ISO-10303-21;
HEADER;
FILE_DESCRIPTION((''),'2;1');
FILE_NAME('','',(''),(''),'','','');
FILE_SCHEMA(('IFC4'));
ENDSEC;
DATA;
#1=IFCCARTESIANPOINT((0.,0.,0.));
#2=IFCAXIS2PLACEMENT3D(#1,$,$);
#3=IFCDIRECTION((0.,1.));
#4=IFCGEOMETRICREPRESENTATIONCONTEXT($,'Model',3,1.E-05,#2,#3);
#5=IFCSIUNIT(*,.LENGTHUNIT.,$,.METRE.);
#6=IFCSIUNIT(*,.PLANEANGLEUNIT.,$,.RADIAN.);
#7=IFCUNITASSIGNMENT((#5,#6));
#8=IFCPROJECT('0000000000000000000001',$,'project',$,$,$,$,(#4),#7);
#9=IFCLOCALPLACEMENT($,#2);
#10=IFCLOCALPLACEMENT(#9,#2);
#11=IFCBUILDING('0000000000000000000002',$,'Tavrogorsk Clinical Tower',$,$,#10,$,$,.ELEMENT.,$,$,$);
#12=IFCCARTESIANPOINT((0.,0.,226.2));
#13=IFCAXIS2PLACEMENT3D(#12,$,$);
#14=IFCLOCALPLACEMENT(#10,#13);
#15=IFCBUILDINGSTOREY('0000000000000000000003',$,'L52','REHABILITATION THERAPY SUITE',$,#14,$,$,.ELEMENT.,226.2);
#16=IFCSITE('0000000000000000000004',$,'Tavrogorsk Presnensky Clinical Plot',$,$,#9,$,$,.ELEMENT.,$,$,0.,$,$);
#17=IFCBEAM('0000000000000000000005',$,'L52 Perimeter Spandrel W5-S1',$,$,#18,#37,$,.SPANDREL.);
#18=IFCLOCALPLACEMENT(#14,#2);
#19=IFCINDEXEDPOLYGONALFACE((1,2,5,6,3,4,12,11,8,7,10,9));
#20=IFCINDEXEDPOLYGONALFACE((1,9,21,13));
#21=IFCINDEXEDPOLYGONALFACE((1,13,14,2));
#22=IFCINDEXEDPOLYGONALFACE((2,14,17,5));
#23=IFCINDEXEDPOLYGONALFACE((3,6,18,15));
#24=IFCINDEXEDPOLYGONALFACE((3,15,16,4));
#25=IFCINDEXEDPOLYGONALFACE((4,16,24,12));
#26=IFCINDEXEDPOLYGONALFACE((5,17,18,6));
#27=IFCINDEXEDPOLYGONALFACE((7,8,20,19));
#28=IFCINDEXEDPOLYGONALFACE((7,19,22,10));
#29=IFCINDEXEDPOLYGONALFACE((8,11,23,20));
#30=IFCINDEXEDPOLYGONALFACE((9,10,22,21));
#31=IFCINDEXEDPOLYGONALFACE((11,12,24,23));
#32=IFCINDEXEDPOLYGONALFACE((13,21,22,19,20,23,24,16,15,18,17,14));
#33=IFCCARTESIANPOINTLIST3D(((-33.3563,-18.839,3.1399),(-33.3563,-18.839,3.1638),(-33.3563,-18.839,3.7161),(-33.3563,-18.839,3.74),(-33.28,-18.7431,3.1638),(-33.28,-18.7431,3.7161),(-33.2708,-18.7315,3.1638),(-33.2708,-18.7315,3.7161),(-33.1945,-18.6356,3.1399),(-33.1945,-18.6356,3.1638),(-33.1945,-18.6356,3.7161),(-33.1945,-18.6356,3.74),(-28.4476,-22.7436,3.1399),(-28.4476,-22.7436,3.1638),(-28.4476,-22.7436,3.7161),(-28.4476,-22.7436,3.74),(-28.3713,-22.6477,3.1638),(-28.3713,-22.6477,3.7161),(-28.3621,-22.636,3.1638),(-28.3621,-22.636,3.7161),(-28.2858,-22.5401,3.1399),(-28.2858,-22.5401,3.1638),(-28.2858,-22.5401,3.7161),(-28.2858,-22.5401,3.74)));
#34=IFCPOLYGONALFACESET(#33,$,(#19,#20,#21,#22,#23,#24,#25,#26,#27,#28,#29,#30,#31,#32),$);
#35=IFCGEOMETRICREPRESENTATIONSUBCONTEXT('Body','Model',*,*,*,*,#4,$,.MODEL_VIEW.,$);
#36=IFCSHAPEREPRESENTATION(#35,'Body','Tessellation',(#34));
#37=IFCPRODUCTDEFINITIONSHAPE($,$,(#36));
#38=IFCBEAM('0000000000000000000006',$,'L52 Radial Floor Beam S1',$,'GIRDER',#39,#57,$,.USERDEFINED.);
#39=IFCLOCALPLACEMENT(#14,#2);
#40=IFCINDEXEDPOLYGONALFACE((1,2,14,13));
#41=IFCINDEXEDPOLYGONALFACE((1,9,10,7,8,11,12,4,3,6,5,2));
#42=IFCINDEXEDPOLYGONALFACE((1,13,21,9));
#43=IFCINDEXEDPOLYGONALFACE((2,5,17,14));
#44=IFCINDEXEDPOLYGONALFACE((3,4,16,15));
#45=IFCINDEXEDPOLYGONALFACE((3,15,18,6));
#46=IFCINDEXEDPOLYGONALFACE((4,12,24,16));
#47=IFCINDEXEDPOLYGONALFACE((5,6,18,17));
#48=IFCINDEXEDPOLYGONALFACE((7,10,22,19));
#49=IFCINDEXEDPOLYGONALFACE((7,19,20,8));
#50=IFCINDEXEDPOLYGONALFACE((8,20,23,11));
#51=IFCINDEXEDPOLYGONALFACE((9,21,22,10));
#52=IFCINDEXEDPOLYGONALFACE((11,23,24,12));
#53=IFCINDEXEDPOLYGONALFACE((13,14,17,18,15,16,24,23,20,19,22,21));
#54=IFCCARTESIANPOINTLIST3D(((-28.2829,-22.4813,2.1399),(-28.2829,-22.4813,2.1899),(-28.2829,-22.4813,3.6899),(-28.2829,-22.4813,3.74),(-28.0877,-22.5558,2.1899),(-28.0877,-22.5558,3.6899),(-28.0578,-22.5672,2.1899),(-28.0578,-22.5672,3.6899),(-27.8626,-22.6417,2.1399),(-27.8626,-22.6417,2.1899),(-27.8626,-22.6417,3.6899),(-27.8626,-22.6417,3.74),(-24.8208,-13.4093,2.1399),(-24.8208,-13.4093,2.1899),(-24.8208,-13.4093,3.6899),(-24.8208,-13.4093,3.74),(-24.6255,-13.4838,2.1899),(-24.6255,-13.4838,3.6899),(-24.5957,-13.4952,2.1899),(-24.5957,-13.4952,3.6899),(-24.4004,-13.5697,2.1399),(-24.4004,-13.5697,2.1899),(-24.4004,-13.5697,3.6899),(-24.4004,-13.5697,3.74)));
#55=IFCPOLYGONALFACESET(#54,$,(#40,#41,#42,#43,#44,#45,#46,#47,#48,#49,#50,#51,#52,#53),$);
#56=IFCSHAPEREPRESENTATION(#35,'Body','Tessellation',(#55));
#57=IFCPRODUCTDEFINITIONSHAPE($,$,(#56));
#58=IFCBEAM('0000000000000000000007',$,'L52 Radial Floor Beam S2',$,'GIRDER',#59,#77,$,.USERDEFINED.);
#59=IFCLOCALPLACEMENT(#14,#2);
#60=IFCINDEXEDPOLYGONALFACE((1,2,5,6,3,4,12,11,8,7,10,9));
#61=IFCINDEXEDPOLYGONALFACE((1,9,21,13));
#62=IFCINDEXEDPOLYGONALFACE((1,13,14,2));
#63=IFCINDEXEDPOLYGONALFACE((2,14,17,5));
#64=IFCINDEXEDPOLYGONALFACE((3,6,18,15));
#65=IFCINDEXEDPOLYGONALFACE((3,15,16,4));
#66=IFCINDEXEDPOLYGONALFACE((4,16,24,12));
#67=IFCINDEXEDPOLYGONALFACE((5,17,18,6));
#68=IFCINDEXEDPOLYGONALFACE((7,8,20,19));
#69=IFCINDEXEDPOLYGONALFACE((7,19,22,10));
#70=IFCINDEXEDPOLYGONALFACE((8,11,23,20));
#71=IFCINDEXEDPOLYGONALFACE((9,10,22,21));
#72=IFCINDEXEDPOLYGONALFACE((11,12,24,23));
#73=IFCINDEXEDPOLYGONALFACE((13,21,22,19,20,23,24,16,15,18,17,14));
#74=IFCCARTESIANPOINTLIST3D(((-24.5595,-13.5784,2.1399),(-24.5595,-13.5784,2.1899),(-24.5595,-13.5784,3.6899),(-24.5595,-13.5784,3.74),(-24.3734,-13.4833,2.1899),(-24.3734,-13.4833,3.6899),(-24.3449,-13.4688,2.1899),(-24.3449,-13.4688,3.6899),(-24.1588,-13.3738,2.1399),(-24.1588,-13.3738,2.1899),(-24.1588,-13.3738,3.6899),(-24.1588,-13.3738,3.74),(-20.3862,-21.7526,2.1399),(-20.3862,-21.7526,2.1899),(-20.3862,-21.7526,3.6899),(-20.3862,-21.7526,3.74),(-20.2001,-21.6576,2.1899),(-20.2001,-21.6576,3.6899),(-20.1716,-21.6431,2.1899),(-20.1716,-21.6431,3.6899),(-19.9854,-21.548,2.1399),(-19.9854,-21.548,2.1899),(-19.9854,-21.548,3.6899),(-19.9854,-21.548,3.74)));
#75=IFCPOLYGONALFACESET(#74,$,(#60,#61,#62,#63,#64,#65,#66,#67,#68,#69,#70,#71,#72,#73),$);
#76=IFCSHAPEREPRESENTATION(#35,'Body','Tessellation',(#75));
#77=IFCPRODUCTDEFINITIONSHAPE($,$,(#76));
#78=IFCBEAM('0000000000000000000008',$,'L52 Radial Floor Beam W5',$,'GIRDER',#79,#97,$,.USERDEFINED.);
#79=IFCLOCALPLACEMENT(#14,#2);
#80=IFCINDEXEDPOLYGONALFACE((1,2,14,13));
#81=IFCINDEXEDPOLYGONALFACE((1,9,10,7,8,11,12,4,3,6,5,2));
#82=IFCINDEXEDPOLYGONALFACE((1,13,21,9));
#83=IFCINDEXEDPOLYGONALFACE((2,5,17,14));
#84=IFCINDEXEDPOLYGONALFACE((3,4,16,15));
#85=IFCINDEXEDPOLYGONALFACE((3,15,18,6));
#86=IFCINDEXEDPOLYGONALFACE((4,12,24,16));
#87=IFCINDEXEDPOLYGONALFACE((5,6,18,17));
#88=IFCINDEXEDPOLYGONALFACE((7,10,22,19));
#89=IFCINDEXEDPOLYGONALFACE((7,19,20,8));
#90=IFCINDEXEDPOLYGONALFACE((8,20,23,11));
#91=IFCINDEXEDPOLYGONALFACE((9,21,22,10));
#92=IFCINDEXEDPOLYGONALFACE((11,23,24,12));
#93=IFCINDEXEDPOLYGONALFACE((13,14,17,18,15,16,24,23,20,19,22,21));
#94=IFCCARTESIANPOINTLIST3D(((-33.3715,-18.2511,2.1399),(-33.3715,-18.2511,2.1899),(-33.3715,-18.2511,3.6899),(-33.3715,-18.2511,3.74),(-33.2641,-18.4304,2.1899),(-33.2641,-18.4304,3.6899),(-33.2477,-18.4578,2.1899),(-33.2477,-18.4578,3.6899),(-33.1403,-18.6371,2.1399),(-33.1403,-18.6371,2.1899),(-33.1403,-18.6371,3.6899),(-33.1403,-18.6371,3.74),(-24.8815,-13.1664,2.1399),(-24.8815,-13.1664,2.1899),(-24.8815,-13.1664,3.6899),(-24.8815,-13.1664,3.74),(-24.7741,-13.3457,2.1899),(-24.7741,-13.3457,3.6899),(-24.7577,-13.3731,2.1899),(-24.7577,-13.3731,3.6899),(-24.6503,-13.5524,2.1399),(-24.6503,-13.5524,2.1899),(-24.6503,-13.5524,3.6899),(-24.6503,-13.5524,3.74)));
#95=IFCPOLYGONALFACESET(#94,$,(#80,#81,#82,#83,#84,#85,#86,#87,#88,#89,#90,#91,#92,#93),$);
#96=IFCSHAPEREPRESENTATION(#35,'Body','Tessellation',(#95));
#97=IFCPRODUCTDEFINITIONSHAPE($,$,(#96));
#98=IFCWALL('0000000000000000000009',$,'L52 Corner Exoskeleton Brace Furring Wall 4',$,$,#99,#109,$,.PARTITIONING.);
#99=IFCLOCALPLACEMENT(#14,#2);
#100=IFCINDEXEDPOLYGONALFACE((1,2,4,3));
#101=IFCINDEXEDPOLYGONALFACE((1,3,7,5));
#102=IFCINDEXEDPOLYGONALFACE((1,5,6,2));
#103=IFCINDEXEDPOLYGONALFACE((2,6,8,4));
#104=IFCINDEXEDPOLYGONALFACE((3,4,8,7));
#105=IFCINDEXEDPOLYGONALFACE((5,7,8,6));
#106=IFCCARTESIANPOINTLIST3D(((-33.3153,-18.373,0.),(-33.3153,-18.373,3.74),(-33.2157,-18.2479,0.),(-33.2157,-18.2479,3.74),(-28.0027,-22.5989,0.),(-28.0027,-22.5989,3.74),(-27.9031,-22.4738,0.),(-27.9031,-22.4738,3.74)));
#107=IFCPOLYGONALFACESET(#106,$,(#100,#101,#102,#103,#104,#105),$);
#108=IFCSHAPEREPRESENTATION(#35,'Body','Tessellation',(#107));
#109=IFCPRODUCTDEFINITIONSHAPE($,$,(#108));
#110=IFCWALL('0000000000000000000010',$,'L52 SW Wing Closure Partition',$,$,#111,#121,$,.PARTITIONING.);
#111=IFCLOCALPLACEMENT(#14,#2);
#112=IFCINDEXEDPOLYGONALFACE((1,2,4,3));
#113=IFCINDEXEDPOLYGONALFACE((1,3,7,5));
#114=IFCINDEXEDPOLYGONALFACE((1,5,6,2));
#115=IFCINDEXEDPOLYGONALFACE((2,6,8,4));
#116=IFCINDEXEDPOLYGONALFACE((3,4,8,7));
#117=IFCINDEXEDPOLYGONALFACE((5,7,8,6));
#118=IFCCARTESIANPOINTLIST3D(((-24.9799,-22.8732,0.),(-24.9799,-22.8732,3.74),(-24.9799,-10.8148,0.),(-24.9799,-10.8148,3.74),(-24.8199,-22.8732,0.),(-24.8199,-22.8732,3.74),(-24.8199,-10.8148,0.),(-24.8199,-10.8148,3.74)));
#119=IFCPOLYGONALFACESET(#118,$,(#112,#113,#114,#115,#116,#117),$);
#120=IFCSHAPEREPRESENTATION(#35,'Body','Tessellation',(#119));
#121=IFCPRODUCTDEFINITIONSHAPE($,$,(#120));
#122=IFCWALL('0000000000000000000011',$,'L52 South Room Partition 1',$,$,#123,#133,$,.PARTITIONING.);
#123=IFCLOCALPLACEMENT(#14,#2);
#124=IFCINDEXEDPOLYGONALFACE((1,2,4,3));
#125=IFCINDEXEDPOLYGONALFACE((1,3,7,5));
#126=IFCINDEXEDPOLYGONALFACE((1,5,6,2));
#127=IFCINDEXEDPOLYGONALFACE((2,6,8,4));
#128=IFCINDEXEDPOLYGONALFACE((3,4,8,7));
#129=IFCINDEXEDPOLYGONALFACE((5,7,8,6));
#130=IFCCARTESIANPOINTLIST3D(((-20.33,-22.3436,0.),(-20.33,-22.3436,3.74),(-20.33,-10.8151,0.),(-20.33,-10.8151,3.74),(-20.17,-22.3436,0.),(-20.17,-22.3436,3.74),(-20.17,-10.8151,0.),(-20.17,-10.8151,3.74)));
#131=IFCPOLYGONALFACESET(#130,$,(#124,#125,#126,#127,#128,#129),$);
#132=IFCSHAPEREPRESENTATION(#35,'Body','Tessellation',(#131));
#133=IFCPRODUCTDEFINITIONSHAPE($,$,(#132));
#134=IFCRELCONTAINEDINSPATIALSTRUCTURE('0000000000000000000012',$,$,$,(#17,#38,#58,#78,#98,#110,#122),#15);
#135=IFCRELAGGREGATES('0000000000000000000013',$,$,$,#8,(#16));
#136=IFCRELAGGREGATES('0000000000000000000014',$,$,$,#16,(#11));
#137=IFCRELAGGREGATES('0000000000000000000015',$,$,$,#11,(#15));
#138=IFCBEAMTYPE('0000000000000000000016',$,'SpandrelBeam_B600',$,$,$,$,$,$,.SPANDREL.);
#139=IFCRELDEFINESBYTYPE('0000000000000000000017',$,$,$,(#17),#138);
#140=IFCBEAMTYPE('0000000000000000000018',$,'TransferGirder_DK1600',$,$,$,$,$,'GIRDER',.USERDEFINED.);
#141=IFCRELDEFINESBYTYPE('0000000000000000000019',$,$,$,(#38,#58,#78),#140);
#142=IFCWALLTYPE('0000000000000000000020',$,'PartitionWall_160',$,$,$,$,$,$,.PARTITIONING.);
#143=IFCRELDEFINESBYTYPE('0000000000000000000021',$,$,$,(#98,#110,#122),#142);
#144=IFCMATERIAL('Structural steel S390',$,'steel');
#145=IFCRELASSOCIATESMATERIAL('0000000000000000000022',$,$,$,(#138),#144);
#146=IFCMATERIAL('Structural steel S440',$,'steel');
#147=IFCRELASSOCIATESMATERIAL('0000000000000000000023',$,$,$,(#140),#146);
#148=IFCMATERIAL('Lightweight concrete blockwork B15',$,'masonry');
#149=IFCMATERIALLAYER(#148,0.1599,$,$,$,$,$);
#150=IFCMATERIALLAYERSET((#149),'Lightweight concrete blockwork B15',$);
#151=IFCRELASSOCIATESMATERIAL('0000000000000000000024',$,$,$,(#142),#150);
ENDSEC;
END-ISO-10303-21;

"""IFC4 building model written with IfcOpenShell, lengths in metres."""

from ifc_helpers import new_model, si_unit, direction, frame, frame_2d, origin, origin_2d, place, context, subcontext, project, spatial, rectangle, i_section, extrude, material, layer, layer_set, material_profile, profile_set, type_object, element, save


model = new_model("IFC4")

# Units and contexts
model_context = context("Model", 3, precision=1e-05, world=origin(), true_north=direction((0.0, 1.0)))
body_context = subcontext(model_context, "Body", "Model", "MODEL_VIEW")
ifc_project = project(units=[si_unit("LENGTHUNIT", "METRE"), si_unit("PLANEANGLEUNIT", "RADIAN")], contexts=[model_context])

# Site, building, storey
site_placement = place(None, origin())
site = spatial("IfcSite", under=ifc_project, at=site_placement, Name="Tavrogorsk Presnensky Clinical Plot", CompositionType="ELEMENT", RefElevation=0.0)
building_placement = place(site_placement, origin())
building = spatial("IfcBuilding", under=site, at=building_placement, Name="Tavrogorsk Clinical Tower", CompositionType="ELEMENT")
storey_placement = place(building_placement, frame((0.0, 0.0, 226.2)))
storey = spatial("IfcBuildingStorey", under=building, at=storey_placement, Name="L52", Description="REHABILITATION THERAPY SUITE", CompositionType="ELEMENT", Elevation=226.2)

# Beams
ifc_material_1 = material(Name="Structural steel S390", Category="steel")
ifc_material_profile_1 = material_profile(ifc_material_1, i_section(OverallWidth=0.26, OverallDepth=0.6001, WebThickness=0.0149, FlangeThickness=0.0239, at=origin_2d()), Name="B-600x260x15x24")
ifc_profile_set_1 = profile_set([ifc_material_profile_1], Name="Structural steel S390")
beam_type_1 = type_object("IfcBeamType", Name="SpandrelBeam_B600", PredefinedType="SPANDREL", material=ifc_profile_set_1)
beam_1_placement = place(storey_placement, frame((-33.2754, -18.7373, 3.4399), z_axis=(0.782609, -0.622514, 0.0), x_axis=(0.622514, 0.782609, 0.0)))
element("IfcBeam", 1, at=beam_1_placement, inside=storey, type_object=beam_type_1, Name="L52 Perimeter Spandrel W5-S1", PredefinedType="SPANDREL", context=body_context, shape_type="SweptSolid", body=[
    extrude(i_section(OverallWidth=0.26, OverallDepth=0.6001, WebThickness=0.0149, FlangeThickness=0.0239, at=origin_2d()), origin(), (0.0, 0.0, 1.0), 6.2722),
])
ifc_material_2 = material(Name="Structural steel S440", Category="steel")
ifc_material_profile_2 = material_profile(ifc_material_2, i_section(OverallWidth=0.45, OverallDepth=1.6001, WebThickness=0.032, FlangeThickness=0.05, at=origin_2d()), Name="DK-1600x450x32x50")
ifc_profile_set_2 = profile_set([ifc_material_profile_2], Name="Structural steel S440")
beam_type_2 = type_object("IfcBeamType", Name="TransferGirder_DK1600", ElementType="GIRDER", PredefinedType="USERDEFINED", material=ifc_profile_set_2)
beam_2_placement = place(storey_placement, frame((-24.6106, -13.4895, 2.9399), z_axis=(-0.356548, -0.934277, 0.0), x_axis=(0.934277, -0.356548, 0.0)))
element("IfcBeam", 2, at=beam_2_placement, inside=storey, type_object=beam_type_2, Name="L52 Radial Floor Beam S1", ObjectType="GIRDER", PredefinedType="USERDEFINED", context=body_context, shape_type="SweptSolid", body=[
    extrude(i_section(OverallWidth=0.45, OverallDepth=1.6001, WebThickness=0.032, FlangeThickness=0.05, at=origin_2d()), origin(), (0.0, 0.0, 1.0), 9.7102),
])
beam_3_placement = place(storey_placement, frame((-24.3591, -13.4761, 2.9399), z_axis=(0.45471, -0.89064, 0.0), x_axis=(0.89064, 0.45471, 0.0)))
element("IfcBeam", 3, at=beam_3_placement, inside=storey, type_object=beam_type_2, Name="L52 Radial Floor Beam S2", ObjectType="GIRDER", PredefinedType="USERDEFINED", context=body_context, shape_type="SweptSolid", body=[
    extrude(i_section(OverallWidth=0.45, OverallDepth=1.6001, WebThickness=0.032, FlangeThickness=0.05, at=origin_2d()), origin(), (0.0, 0.0, 1.0), 9.178),
])
beam_4_placement = place(storey_placement, frame((-24.7659, -13.3594, 2.9399), z_axis=(-0.857906, -0.513806, 0.0), x_axis=(0.513806, -0.857906, 0.0)))
element("IfcBeam", 4, at=beam_4_placement, inside=storey, type_object=beam_type_2, Name="L52 Radial Floor Beam W5", ObjectType="GIRDER", PredefinedType="USERDEFINED", context=body_context, shape_type="SweptSolid", body=[
    extrude(i_section(OverallWidth=0.45, OverallDepth=1.6001, WebThickness=0.032, FlangeThickness=0.05, at=origin_2d()), origin(), (0.0, 0.0, 1.0), 9.8962),
])

# Walls
ifc_material_3 = material(Name="Lightweight concrete blockwork B15", Category="masonry")
ifc_layer_1 = layer(ifc_material_3, 0.1599)
ifc_layer_set_1 = layer_set([ifc_layer_1], Name="Lightweight concrete blockwork B15")
wall_type_1 = type_object("IfcWallType", Name="PartitionWall_160", PredefinedType="PARTITIONING", material=ifc_layer_set_1)
wall_1_placement = place(storey_placement, frame((-33.2654, -18.3105, 0.0), z_axis=(0.0, 0.0, 1.0), x_axis=(0.782603, -0.622522, 0.0)))
element("IfcWall", 5, at=wall_1_placement, inside=storey, type_object=wall_type_1, Name="L52 Corner Exoskeleton Brace Furring Wall 4", PredefinedType="PARTITIONING", context=body_context, shape_type="SweptSolid", body=[
    extrude(rectangle(XDim=6.7883, YDim=0.1599, at=frame_2d((3.394, 0.0))), origin(), (0.0, 0.0, 1.0), 3.74),
])
wall_2_placement = place(storey_placement, frame((-24.8999, -22.8733, 0.0), z_axis=(0.0, 0.0, 1.0), x_axis=(0.0, 1.0, 0.0)))
element("IfcWall", 6, at=wall_2_placement, inside=storey, type_object=wall_type_1, Name="L52 SW Wing Closure Partition", PredefinedType="PARTITIONING", context=body_context, shape_type="SweptSolid", body=[
    extrude(rectangle(XDim=12.0583, YDim=0.1599, at=frame_2d((6.0293, 0.0))), origin(), (0.0, 0.0, 1.0), 3.74),
])
wall_3_placement = place(storey_placement, frame((-20.25, -22.3435, 0.0), z_axis=(0.0, 0.0, 1.0), x_axis=(0.0, 1.0, 0.0)))
element("IfcWall", 7, at=wall_3_placement, inside=storey, type_object=wall_type_1, Name="L52 South Room Partition 1", PredefinedType="PARTITIONING", context=body_context, shape_type="SweptSolid", body=[
    extrude(rectangle(XDim=11.5286, YDim=0.1599, at=frame_2d((5.7642, 0.0))), origin(), (0.0, 0.0, 1.0), 3.74),
])

save(model, "model.ifc")
